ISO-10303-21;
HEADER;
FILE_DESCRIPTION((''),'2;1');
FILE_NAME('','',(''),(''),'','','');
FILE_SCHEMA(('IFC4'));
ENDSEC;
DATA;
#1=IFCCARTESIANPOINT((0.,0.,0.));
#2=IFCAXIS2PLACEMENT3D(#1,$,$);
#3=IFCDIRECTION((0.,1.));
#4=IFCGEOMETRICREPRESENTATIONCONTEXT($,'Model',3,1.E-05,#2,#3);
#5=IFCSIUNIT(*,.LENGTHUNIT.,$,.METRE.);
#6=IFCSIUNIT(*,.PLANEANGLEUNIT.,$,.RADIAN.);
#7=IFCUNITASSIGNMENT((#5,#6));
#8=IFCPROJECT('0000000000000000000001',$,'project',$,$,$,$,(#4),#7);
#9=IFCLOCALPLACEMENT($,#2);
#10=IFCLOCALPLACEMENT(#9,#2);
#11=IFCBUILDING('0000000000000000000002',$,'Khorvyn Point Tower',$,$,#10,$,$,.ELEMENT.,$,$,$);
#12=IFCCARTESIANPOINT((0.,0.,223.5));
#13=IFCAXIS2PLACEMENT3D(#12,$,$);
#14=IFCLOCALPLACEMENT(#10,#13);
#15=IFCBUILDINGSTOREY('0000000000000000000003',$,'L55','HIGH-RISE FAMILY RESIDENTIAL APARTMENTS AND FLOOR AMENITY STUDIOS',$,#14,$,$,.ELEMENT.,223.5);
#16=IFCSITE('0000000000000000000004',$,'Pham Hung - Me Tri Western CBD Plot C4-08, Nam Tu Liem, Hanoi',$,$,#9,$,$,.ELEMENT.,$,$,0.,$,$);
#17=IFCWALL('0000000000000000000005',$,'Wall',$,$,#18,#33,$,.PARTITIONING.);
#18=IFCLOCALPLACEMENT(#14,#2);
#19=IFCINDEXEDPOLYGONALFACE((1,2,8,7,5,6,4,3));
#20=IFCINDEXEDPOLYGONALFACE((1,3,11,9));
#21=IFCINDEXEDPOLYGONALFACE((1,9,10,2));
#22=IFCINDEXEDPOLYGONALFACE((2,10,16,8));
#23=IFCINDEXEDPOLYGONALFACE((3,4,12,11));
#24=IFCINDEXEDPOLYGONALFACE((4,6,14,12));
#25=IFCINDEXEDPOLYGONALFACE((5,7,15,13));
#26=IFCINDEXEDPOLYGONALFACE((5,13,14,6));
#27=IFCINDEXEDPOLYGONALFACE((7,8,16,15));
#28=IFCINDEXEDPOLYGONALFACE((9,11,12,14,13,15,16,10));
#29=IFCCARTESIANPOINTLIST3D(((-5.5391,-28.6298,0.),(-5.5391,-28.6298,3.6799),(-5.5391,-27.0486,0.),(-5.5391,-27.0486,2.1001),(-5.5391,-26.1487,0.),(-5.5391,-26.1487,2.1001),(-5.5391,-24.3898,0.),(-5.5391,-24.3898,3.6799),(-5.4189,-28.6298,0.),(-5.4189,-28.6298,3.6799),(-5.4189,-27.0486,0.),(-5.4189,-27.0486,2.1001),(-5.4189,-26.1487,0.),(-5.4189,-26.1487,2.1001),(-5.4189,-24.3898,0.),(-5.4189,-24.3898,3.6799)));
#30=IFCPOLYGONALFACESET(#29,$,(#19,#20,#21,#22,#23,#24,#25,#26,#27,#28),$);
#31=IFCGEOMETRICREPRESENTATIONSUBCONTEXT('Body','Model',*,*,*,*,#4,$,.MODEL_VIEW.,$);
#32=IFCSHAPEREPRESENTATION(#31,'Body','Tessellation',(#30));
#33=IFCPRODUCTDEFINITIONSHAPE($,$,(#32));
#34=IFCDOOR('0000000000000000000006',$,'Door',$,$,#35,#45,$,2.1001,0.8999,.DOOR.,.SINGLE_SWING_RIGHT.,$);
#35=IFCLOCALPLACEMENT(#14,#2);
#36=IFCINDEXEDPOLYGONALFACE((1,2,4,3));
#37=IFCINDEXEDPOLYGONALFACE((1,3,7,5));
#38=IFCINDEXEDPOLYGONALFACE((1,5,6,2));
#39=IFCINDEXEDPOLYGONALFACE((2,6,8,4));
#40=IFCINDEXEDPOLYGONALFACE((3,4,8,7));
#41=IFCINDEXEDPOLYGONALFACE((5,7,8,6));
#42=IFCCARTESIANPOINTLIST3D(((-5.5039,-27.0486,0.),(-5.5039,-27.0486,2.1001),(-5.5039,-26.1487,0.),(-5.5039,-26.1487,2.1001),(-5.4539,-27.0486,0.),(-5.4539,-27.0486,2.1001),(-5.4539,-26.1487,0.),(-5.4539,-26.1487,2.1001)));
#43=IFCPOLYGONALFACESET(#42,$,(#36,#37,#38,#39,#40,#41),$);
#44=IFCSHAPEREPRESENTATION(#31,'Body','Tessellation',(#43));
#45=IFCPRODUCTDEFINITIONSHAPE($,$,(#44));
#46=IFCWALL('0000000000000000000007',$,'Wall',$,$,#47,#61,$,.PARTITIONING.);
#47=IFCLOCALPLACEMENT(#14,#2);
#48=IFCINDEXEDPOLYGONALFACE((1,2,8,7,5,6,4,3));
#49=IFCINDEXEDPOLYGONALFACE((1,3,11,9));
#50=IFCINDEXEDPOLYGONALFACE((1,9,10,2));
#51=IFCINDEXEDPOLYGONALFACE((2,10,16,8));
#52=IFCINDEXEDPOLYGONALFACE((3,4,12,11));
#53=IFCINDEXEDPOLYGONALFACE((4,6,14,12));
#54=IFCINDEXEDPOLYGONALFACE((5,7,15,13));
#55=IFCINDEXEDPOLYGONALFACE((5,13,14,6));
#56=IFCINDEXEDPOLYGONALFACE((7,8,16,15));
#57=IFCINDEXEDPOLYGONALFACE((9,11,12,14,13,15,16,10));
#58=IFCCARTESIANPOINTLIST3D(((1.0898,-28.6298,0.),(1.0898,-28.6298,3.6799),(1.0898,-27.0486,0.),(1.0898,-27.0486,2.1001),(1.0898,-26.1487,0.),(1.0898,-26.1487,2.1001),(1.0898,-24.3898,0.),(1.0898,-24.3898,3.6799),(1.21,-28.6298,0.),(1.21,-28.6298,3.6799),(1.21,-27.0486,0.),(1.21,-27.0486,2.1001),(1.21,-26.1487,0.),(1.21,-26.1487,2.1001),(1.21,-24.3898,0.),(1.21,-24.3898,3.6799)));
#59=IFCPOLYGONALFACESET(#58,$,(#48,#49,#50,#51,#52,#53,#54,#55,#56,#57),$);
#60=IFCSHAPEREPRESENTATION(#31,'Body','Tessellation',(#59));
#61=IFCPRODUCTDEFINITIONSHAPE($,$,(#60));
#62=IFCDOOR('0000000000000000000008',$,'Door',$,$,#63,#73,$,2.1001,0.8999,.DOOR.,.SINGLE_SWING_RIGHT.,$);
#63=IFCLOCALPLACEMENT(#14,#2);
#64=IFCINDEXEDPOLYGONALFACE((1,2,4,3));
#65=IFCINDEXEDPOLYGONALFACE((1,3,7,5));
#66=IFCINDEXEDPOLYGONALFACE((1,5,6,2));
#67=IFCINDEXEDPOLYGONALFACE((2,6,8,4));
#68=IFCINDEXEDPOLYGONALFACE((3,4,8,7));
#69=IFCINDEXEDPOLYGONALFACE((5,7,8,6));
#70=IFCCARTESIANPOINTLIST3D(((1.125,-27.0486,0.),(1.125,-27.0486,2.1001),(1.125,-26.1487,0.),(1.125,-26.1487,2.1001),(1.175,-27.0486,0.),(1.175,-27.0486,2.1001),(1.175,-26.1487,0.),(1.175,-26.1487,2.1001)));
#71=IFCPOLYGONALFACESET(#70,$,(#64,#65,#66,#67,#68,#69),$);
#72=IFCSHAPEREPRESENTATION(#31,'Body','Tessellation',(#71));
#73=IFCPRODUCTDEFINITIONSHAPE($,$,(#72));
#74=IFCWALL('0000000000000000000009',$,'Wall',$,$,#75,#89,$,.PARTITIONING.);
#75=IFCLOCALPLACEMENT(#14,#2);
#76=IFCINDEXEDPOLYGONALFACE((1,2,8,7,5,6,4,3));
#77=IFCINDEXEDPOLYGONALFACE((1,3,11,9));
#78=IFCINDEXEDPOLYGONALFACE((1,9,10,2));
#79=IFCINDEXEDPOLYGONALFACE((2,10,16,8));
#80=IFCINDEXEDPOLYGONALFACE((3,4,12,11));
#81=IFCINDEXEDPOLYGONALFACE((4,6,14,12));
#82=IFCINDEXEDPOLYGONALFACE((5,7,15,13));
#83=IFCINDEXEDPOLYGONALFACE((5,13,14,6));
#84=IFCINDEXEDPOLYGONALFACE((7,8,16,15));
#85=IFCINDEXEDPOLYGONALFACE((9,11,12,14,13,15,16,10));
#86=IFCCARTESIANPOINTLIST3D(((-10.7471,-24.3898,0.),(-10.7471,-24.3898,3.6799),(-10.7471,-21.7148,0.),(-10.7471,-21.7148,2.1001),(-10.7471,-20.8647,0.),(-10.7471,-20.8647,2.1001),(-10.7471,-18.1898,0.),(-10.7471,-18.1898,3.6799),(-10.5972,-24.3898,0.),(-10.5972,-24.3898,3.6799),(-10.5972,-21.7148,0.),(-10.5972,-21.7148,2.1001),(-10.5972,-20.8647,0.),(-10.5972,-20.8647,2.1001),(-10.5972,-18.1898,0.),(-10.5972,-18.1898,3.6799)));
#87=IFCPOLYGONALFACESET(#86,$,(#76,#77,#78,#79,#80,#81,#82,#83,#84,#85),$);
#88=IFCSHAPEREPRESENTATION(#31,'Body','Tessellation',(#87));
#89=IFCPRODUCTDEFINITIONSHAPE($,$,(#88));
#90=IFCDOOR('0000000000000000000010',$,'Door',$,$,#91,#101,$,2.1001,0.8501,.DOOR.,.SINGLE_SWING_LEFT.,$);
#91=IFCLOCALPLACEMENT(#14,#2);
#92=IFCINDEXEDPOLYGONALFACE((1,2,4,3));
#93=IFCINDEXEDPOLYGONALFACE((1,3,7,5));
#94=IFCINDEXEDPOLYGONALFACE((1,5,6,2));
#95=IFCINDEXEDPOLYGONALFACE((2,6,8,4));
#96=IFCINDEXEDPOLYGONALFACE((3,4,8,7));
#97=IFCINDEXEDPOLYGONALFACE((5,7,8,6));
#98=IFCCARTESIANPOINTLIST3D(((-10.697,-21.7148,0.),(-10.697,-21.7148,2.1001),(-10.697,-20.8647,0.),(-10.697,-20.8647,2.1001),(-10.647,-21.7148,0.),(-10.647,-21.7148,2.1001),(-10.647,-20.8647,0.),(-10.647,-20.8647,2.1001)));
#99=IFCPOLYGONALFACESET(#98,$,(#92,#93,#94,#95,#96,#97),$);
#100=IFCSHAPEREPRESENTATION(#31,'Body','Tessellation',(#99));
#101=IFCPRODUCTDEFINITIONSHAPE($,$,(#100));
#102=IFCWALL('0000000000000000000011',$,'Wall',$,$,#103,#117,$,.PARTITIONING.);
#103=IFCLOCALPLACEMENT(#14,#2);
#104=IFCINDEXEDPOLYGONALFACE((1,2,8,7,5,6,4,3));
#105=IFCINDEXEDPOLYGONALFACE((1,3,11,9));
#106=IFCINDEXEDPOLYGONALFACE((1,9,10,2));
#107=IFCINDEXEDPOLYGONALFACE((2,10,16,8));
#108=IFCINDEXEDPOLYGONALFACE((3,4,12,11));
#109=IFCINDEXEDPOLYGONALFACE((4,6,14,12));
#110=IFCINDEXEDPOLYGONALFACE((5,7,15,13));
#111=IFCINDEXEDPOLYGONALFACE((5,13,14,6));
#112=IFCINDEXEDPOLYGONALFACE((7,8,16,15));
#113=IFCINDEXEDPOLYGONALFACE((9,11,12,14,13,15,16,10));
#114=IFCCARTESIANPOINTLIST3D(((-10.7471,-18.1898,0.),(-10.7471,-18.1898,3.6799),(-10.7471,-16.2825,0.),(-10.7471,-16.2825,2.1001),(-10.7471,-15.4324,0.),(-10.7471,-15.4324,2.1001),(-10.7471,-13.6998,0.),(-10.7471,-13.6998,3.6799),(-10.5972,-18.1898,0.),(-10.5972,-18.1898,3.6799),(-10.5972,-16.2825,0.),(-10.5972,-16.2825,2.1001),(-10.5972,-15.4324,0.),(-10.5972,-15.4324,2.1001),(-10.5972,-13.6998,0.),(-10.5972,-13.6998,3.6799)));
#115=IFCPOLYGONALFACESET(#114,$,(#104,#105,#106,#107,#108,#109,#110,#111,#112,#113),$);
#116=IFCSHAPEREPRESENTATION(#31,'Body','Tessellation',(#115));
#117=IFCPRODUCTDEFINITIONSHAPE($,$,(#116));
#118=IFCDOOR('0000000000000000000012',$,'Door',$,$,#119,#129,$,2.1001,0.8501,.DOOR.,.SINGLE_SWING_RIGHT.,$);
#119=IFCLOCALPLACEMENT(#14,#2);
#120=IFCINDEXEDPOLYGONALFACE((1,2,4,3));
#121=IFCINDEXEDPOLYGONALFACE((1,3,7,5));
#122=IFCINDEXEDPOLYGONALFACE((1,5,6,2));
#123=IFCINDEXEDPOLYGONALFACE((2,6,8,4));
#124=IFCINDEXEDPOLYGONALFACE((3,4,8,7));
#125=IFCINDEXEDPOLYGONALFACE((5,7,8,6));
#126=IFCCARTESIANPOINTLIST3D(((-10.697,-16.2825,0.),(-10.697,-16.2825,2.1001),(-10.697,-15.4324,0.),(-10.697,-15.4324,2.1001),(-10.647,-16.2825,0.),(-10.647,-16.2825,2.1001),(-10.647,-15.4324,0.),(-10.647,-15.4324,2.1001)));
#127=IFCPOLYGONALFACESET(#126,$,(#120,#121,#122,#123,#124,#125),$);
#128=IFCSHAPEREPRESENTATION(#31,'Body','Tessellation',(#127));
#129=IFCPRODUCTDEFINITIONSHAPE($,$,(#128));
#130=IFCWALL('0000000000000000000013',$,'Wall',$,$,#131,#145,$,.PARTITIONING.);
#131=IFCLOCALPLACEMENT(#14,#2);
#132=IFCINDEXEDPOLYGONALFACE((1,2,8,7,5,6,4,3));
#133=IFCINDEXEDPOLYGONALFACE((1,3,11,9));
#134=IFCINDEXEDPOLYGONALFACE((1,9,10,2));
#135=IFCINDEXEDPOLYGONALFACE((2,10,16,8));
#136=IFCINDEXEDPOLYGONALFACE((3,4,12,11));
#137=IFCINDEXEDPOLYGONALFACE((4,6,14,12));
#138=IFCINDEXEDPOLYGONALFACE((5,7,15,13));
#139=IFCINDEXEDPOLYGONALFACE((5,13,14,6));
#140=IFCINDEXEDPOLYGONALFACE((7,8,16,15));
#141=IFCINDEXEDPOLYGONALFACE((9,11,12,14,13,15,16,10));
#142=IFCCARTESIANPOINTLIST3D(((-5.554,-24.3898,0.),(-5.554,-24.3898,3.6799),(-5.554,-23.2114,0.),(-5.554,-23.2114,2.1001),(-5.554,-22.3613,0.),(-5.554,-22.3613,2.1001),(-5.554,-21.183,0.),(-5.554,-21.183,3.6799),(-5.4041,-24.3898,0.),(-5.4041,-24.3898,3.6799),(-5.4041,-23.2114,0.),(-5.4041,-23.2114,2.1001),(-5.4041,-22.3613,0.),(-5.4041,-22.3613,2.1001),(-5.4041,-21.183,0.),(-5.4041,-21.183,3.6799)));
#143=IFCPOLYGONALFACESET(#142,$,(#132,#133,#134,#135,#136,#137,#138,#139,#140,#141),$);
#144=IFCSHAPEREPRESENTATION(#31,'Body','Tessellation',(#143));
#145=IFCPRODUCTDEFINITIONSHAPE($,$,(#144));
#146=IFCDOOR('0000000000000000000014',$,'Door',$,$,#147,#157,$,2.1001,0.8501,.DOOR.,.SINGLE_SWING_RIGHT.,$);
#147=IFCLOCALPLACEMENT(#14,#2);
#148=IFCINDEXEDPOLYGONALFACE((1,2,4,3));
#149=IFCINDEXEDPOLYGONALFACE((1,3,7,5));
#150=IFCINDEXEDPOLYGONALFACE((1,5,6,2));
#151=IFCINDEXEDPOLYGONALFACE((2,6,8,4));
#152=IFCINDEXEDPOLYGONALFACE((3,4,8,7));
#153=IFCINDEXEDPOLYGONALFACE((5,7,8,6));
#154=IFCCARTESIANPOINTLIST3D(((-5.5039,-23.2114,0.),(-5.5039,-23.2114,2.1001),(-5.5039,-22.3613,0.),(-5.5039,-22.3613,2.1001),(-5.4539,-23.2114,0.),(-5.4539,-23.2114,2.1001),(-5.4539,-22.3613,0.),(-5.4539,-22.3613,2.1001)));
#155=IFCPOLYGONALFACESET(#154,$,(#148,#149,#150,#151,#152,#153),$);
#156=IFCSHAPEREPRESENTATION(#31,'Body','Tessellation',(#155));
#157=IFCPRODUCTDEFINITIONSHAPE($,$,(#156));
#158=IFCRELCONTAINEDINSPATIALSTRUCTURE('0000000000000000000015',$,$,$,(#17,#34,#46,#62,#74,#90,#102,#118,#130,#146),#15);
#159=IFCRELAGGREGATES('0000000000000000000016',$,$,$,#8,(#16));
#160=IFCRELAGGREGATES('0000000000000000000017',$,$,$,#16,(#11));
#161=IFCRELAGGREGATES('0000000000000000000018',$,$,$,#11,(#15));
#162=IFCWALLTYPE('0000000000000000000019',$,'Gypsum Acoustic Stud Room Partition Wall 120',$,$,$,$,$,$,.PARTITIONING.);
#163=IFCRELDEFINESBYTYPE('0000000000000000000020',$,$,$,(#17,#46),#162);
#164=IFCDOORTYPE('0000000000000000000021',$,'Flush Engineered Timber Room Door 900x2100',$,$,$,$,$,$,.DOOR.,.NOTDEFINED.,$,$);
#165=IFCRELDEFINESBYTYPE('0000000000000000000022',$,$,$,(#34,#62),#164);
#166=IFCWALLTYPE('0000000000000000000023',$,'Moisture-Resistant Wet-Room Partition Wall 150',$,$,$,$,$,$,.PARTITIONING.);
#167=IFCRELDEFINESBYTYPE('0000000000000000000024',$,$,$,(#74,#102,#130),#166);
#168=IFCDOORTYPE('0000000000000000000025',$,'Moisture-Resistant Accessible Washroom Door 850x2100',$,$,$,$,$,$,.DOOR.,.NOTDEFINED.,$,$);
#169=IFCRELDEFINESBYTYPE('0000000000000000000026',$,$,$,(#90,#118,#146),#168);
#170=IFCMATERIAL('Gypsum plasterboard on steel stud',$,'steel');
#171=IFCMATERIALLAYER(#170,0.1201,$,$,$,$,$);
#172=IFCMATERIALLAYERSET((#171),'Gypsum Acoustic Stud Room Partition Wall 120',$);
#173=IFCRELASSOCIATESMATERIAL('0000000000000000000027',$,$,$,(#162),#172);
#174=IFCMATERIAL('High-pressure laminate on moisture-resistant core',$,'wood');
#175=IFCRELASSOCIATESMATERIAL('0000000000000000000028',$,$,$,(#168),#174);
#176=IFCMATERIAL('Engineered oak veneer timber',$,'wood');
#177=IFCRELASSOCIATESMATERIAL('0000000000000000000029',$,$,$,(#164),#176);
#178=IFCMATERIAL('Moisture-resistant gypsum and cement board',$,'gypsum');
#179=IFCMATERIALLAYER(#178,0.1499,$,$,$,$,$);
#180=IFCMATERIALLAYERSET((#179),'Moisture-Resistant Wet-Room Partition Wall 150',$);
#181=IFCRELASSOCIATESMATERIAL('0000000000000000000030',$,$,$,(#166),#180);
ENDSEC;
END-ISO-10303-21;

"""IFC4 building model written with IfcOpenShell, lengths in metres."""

from ifc_helpers import new_model, si_unit, direction, frame, frame_2d, origin, place, context, subcontext, project, spatial, rectangle, extrude, material, layer, layer_set, type_object, element, fill, save


model = new_model("IFC4")

# Units and contexts
model_context = context("Model", 3, precision=1e-05, world=origin(), true_north=direction((0.0, 1.0)))
body_context = subcontext(model_context, "Body", "Model", "MODEL_VIEW")
ifc_project = project(units=[si_unit("LENGTHUNIT", "METRE"), si_unit("PLANEANGLEUNIT", "RADIAN")], contexts=[model_context])

# Site, building, storey
site_placement = place(None, origin())
site = spatial("IfcSite", under=ifc_project, at=site_placement, Name="Pham Hung - Me Tri Western CBD Plot C4-08, Nam Tu Liem, Hanoi", CompositionType="ELEMENT", RefElevation=0.0)
building_placement = place(site_placement, origin())
building = spatial("IfcBuilding", under=site, at=building_placement, Name="Khorvyn Point Tower", CompositionType="ELEMENT")
storey_placement = place(building_placement, frame((0.0, 0.0, 223.5)))
storey = spatial("IfcBuildingStorey", under=building, at=storey_placement, Name="L55", Description="HIGH-RISE FAMILY RESIDENTIAL APARTMENTS AND FLOOR AMENITY STUDIOS", CompositionType="ELEMENT", Elevation=223.5)

# Walls, openings, doors
ifc_material_1 = material(Name="Gypsum plasterboard on steel stud", Category="steel")
ifc_layer_1 = layer(ifc_material_1, 0.1201)
ifc_layer_set_1 = layer_set([ifc_layer_1], Name="Gypsum Acoustic Stud Room Partition Wall 120")
wall_type_1 = type_object("IfcWallType", Name="Gypsum Acoustic Stud Room Partition Wall 120", PredefinedType="PARTITIONING", material=ifc_layer_set_1)
ifc_material_2 = material(Name="High-pressure laminate on moisture-resistant core", Category="wood")
door_type_1 = type_object("IfcDoorType", Name="Moisture-Resistant Accessible Washroom Door 850x2100", OperationType="NOTDEFINED", PredefinedType="DOOR", material=ifc_material_2)
wall_1_placement = place(storey_placement, frame((-5.479, -28.6299, 0.0), z_axis=(0.0, 0.0, 1.0), x_axis=(0.0, 1.0, 0.0)))
wall_1 = element("IfcWall", 1, at=wall_1_placement, inside=storey, type_object=wall_type_1, Name="Wall", PredefinedType="PARTITIONING", context=body_context, shape_type="SweptSolid", body=[
    extrude(rectangle(XDim=4.24, YDim=0.1201, at=frame_2d((2.1201, 0.0))), origin(), (0.0, 0.0, 1.0), 3.6799),
])
opening_1_placement = place(wall_1_placement, frame((1.5813, 0.0, 0.0)))
opening_1 = element("IfcOpeningElement", 2, at=opening_1_placement, cuts=wall_1, PredefinedType="OPENING", context=body_context, shape_type="SweptSolid", body=[
    extrude(rectangle(XDim=0.8999, YDim=2.1001, at=frame_2d((0.45, 1.05))), frame((0.0, 0.0701, 0.0), z_axis=(0.0, -1.0, 0.0), x_axis=(1.0, 0.0, 0.0)), (0.0, 0.0, 1.0), 0.1401),
])
ifc_material_3 = material(Name="Engineered oak veneer timber", Category="wood")
door_type_2 = type_object("IfcDoorType", Name="Flush Engineered Timber Room Door 900x2100", OperationType="NOTDEFINED", PredefinedType="DOOR", material=ifc_material_3)
door_1_placement = place(opening_1_placement, origin())
door_1 = element("IfcDoor", 3, at=door_1_placement, inside=storey, type_object=door_type_2, Name="Door", OperationType="SINGLE_SWING_RIGHT", OverallHeight=2.1001, OverallWidth=0.8999, PredefinedType="DOOR", context=body_context, shape_type="SweptSolid", body=[
    extrude(rectangle(XDim=0.8999, YDim=2.1001, at=frame_2d((0.45, 1.05))), frame((0.0, 0.0249, 0.0), z_axis=(0.0, -1.0, 0.0), x_axis=(1.0, 0.0, 0.0)), (0.0, 0.0, 1.0), 0.05),
])
fill(opening_1, door_1)
wall_2_placement = place(storey_placement, frame((1.1499, -28.6299, 0.0), z_axis=(0.0, 0.0, 1.0), x_axis=(0.0, 1.0, 0.0)))
wall_2 = element("IfcWall", 4, at=wall_2_placement, inside=storey, type_object=wall_type_1, Name="Wall", PredefinedType="PARTITIONING", context=body_context, shape_type="SweptSolid", body=[
    extrude(rectangle(XDim=4.24, YDim=0.1201, at=frame_2d((2.1201, 0.0))), origin(), (0.0, 0.0, 1.0), 3.6799),
])
opening_2_placement = place(wall_2_placement, frame((1.5813, 0.0, 0.0)))
opening_2 = element("IfcOpeningElement", 5, at=opening_2_placement, cuts=wall_2, PredefinedType="OPENING", context=body_context, shape_type="SweptSolid", body=[
    extrude(rectangle(XDim=0.8999, YDim=2.1001, at=frame_2d((0.45, 1.05))), frame((0.0, 0.0701, 0.0), z_axis=(0.0, -1.0, 0.0), x_axis=(1.0, 0.0, 0.0)), (0.0, 0.0, 1.0), 0.1401),
])
door_2_placement = place(opening_2_placement, origin())
door_2 = element("IfcDoor", 6, at=door_2_placement, inside=storey, type_object=door_type_2, Name="Door", OperationType="SINGLE_SWING_RIGHT", OverallHeight=2.1001, OverallWidth=0.8999, PredefinedType="DOOR", context=body_context, shape_type="SweptSolid", body=[
    extrude(rectangle(XDim=0.8999, YDim=2.1001, at=frame_2d((0.45, 1.05))), frame((0.0, 0.0249, 0.0), z_axis=(0.0, -1.0, 0.0), x_axis=(1.0, 0.0, 0.0)), (0.0, 0.0, 1.0), 0.05),
])
fill(opening_2, door_2)
ifc_material_4 = material(Name="Moisture-resistant gypsum and cement board", Category="gypsum")
ifc_layer_2 = layer(ifc_material_4, 0.1499)
ifc_layer_set_2 = layer_set([ifc_layer_2], Name="Moisture-Resistant Wet-Room Partition Wall 150")
wall_type_2 = type_object("IfcWallType", Name="Moisture-Resistant Wet-Room Partition Wall 150", PredefinedType="PARTITIONING", material=ifc_layer_set_2)
wall_3_placement = place(storey_placement, frame((-10.6721, -24.3899, 0.0), z_axis=(0.0, 0.0, 1.0), x_axis=(0.0, 1.0, 0.0)))
wall_3 = element("IfcWall", 7, at=wall_3_placement, inside=storey, type_object=wall_type_2, Name="Wall", PredefinedType="PARTITIONING", context=body_context, shape_type="SweptSolid", body=[
    extrude(rectangle(XDim=6.2, YDim=0.1499, at=frame_2d((3.1001, 0.0))), origin(), (0.0, 0.0, 1.0), 3.6799),
])
opening_3_placement = place(wall_3_placement, frame((2.675, 0.0, 0.0)))
opening_3 = element("IfcOpeningElement", 8, at=opening_3_placement, cuts=wall_3, PredefinedType="OPENING", context=body_context, shape_type="SweptSolid", body=[
    extrude(rectangle(XDim=0.8501, YDim=2.1001, at=frame_2d((0.425, 1.05))), frame((0.0, 0.085, 0.0), z_axis=(0.0, -1.0, 0.0), x_axis=(1.0, 0.0, 0.0)), (0.0, 0.0, 1.0), 0.1699),
])
door_3_placement = place(opening_3_placement, origin())
door_3 = element("IfcDoor", 9, at=door_3_placement, inside=storey, type_object=door_type_1, Name="Door", OperationType="SINGLE_SWING_LEFT", OverallHeight=2.1001, OverallWidth=0.8501, PredefinedType="DOOR", context=body_context, shape_type="SweptSolid", body=[
    extrude(rectangle(XDim=0.8501, YDim=2.1001, at=frame_2d((0.425, 1.05))), frame((0.0, 0.0249, 0.0), z_axis=(0.0, -1.0, 0.0), x_axis=(1.0, 0.0, 0.0)), (0.0, 0.0, 1.0), 0.05),
])
fill(opening_3, door_3)
wall_4_placement = place(storey_placement, frame((-10.6721, -18.1899, 0.0), z_axis=(0.0, 0.0, 1.0), x_axis=(0.0, 1.0, 0.0)))
wall_4 = element("IfcWall", 10, at=wall_4_placement, inside=storey, type_object=wall_type_2, Name="Wall", PredefinedType="PARTITIONING", context=body_context, shape_type="SweptSolid", body=[
    extrude(rectangle(XDim=4.49, YDim=0.1499, at=frame_2d((2.2451, 0.0))), origin(), (0.0, 0.0, 1.0), 3.6799),
])
opening_4_placement = place(wall_4_placement, frame((1.9075, 0.0, 0.0)))
opening_4 = element("IfcOpeningElement", 11, at=opening_4_placement, cuts=wall_4, PredefinedType="OPENING", context=body_context, shape_type="SweptSolid", body=[
    extrude(rectangle(XDim=0.8501, YDim=2.1001, at=frame_2d((0.425, 1.05))), frame((0.0, 0.085, 0.0), z_axis=(0.0, -1.0, 0.0), x_axis=(1.0, 0.0, 0.0)), (0.0, 0.0, 1.0), 0.1699),
])
door_4_placement = place(opening_4_placement, origin())
door_4 = element("IfcDoor", 12, at=door_4_placement, inside=storey, type_object=door_type_1, Name="Door", OperationType="SINGLE_SWING_RIGHT", OverallHeight=2.1001, OverallWidth=0.8501, PredefinedType="DOOR", context=body_context, shape_type="SweptSolid", body=[
    extrude(rectangle(XDim=0.8501, YDim=2.1001, at=frame_2d((0.425, 1.05))), frame((0.0, 0.0249, 0.0), z_axis=(0.0, -1.0, 0.0), x_axis=(1.0, 0.0, 0.0)), (0.0, 0.0, 1.0), 0.05),
])
fill(opening_4, door_4)
wall_5_placement = place(storey_placement, frame((-5.479, -24.3899, 0.0), z_axis=(0.0, 0.0, 1.0), x_axis=(0.0, 1.0, 0.0)))
wall_5 = element("IfcWall", 13, at=wall_5_placement, inside=storey, type_object=wall_type_2, Name="Wall", PredefinedType="PARTITIONING", context=body_context, shape_type="SweptSolid", body=[
    extrude(rectangle(XDim=3.2068, YDim=0.1499, at=frame_2d((1.6035, 0.0))), origin(), (0.0, 0.0, 1.0), 3.6799),
])
opening_5_placement = place(wall_5_placement, frame((1.1785, 0.0, 0.0)))
opening_5 = element("IfcOpeningElement", 14, at=opening_5_placement, cuts=wall_5, PredefinedType="OPENING", context=body_context, shape_type="SweptSolid", body=[
    extrude(rectangle(XDim=0.8501, YDim=2.1001, at=frame_2d((0.425, 1.05))), frame((0.0, 0.085, 0.0), z_axis=(0.0, -1.0, 0.0), x_axis=(1.0, 0.0, 0.0)), (0.0, 0.0, 1.0), 0.1699),
])
door_5_placement = place(opening_5_placement, origin())
door_5 = element("IfcDoor", 15, at=door_5_placement, inside=storey, type_object=door_type_1, Name="Door", OperationType="SINGLE_SWING_RIGHT", OverallHeight=2.1001, OverallWidth=0.8501, PredefinedType="DOOR", context=body_context, shape_type="SweptSolid", body=[
    extrude(rectangle(XDim=0.8501, YDim=2.1001, at=frame_2d((0.425, 1.05))), frame((0.0, 0.0249, 0.0), z_axis=(0.0, -1.0, 0.0), x_axis=(1.0, 0.0, 0.0)), (0.0, 0.0, 1.0), 0.05),
])
fill(opening_5, door_5)

save(model, "model.ifc")
